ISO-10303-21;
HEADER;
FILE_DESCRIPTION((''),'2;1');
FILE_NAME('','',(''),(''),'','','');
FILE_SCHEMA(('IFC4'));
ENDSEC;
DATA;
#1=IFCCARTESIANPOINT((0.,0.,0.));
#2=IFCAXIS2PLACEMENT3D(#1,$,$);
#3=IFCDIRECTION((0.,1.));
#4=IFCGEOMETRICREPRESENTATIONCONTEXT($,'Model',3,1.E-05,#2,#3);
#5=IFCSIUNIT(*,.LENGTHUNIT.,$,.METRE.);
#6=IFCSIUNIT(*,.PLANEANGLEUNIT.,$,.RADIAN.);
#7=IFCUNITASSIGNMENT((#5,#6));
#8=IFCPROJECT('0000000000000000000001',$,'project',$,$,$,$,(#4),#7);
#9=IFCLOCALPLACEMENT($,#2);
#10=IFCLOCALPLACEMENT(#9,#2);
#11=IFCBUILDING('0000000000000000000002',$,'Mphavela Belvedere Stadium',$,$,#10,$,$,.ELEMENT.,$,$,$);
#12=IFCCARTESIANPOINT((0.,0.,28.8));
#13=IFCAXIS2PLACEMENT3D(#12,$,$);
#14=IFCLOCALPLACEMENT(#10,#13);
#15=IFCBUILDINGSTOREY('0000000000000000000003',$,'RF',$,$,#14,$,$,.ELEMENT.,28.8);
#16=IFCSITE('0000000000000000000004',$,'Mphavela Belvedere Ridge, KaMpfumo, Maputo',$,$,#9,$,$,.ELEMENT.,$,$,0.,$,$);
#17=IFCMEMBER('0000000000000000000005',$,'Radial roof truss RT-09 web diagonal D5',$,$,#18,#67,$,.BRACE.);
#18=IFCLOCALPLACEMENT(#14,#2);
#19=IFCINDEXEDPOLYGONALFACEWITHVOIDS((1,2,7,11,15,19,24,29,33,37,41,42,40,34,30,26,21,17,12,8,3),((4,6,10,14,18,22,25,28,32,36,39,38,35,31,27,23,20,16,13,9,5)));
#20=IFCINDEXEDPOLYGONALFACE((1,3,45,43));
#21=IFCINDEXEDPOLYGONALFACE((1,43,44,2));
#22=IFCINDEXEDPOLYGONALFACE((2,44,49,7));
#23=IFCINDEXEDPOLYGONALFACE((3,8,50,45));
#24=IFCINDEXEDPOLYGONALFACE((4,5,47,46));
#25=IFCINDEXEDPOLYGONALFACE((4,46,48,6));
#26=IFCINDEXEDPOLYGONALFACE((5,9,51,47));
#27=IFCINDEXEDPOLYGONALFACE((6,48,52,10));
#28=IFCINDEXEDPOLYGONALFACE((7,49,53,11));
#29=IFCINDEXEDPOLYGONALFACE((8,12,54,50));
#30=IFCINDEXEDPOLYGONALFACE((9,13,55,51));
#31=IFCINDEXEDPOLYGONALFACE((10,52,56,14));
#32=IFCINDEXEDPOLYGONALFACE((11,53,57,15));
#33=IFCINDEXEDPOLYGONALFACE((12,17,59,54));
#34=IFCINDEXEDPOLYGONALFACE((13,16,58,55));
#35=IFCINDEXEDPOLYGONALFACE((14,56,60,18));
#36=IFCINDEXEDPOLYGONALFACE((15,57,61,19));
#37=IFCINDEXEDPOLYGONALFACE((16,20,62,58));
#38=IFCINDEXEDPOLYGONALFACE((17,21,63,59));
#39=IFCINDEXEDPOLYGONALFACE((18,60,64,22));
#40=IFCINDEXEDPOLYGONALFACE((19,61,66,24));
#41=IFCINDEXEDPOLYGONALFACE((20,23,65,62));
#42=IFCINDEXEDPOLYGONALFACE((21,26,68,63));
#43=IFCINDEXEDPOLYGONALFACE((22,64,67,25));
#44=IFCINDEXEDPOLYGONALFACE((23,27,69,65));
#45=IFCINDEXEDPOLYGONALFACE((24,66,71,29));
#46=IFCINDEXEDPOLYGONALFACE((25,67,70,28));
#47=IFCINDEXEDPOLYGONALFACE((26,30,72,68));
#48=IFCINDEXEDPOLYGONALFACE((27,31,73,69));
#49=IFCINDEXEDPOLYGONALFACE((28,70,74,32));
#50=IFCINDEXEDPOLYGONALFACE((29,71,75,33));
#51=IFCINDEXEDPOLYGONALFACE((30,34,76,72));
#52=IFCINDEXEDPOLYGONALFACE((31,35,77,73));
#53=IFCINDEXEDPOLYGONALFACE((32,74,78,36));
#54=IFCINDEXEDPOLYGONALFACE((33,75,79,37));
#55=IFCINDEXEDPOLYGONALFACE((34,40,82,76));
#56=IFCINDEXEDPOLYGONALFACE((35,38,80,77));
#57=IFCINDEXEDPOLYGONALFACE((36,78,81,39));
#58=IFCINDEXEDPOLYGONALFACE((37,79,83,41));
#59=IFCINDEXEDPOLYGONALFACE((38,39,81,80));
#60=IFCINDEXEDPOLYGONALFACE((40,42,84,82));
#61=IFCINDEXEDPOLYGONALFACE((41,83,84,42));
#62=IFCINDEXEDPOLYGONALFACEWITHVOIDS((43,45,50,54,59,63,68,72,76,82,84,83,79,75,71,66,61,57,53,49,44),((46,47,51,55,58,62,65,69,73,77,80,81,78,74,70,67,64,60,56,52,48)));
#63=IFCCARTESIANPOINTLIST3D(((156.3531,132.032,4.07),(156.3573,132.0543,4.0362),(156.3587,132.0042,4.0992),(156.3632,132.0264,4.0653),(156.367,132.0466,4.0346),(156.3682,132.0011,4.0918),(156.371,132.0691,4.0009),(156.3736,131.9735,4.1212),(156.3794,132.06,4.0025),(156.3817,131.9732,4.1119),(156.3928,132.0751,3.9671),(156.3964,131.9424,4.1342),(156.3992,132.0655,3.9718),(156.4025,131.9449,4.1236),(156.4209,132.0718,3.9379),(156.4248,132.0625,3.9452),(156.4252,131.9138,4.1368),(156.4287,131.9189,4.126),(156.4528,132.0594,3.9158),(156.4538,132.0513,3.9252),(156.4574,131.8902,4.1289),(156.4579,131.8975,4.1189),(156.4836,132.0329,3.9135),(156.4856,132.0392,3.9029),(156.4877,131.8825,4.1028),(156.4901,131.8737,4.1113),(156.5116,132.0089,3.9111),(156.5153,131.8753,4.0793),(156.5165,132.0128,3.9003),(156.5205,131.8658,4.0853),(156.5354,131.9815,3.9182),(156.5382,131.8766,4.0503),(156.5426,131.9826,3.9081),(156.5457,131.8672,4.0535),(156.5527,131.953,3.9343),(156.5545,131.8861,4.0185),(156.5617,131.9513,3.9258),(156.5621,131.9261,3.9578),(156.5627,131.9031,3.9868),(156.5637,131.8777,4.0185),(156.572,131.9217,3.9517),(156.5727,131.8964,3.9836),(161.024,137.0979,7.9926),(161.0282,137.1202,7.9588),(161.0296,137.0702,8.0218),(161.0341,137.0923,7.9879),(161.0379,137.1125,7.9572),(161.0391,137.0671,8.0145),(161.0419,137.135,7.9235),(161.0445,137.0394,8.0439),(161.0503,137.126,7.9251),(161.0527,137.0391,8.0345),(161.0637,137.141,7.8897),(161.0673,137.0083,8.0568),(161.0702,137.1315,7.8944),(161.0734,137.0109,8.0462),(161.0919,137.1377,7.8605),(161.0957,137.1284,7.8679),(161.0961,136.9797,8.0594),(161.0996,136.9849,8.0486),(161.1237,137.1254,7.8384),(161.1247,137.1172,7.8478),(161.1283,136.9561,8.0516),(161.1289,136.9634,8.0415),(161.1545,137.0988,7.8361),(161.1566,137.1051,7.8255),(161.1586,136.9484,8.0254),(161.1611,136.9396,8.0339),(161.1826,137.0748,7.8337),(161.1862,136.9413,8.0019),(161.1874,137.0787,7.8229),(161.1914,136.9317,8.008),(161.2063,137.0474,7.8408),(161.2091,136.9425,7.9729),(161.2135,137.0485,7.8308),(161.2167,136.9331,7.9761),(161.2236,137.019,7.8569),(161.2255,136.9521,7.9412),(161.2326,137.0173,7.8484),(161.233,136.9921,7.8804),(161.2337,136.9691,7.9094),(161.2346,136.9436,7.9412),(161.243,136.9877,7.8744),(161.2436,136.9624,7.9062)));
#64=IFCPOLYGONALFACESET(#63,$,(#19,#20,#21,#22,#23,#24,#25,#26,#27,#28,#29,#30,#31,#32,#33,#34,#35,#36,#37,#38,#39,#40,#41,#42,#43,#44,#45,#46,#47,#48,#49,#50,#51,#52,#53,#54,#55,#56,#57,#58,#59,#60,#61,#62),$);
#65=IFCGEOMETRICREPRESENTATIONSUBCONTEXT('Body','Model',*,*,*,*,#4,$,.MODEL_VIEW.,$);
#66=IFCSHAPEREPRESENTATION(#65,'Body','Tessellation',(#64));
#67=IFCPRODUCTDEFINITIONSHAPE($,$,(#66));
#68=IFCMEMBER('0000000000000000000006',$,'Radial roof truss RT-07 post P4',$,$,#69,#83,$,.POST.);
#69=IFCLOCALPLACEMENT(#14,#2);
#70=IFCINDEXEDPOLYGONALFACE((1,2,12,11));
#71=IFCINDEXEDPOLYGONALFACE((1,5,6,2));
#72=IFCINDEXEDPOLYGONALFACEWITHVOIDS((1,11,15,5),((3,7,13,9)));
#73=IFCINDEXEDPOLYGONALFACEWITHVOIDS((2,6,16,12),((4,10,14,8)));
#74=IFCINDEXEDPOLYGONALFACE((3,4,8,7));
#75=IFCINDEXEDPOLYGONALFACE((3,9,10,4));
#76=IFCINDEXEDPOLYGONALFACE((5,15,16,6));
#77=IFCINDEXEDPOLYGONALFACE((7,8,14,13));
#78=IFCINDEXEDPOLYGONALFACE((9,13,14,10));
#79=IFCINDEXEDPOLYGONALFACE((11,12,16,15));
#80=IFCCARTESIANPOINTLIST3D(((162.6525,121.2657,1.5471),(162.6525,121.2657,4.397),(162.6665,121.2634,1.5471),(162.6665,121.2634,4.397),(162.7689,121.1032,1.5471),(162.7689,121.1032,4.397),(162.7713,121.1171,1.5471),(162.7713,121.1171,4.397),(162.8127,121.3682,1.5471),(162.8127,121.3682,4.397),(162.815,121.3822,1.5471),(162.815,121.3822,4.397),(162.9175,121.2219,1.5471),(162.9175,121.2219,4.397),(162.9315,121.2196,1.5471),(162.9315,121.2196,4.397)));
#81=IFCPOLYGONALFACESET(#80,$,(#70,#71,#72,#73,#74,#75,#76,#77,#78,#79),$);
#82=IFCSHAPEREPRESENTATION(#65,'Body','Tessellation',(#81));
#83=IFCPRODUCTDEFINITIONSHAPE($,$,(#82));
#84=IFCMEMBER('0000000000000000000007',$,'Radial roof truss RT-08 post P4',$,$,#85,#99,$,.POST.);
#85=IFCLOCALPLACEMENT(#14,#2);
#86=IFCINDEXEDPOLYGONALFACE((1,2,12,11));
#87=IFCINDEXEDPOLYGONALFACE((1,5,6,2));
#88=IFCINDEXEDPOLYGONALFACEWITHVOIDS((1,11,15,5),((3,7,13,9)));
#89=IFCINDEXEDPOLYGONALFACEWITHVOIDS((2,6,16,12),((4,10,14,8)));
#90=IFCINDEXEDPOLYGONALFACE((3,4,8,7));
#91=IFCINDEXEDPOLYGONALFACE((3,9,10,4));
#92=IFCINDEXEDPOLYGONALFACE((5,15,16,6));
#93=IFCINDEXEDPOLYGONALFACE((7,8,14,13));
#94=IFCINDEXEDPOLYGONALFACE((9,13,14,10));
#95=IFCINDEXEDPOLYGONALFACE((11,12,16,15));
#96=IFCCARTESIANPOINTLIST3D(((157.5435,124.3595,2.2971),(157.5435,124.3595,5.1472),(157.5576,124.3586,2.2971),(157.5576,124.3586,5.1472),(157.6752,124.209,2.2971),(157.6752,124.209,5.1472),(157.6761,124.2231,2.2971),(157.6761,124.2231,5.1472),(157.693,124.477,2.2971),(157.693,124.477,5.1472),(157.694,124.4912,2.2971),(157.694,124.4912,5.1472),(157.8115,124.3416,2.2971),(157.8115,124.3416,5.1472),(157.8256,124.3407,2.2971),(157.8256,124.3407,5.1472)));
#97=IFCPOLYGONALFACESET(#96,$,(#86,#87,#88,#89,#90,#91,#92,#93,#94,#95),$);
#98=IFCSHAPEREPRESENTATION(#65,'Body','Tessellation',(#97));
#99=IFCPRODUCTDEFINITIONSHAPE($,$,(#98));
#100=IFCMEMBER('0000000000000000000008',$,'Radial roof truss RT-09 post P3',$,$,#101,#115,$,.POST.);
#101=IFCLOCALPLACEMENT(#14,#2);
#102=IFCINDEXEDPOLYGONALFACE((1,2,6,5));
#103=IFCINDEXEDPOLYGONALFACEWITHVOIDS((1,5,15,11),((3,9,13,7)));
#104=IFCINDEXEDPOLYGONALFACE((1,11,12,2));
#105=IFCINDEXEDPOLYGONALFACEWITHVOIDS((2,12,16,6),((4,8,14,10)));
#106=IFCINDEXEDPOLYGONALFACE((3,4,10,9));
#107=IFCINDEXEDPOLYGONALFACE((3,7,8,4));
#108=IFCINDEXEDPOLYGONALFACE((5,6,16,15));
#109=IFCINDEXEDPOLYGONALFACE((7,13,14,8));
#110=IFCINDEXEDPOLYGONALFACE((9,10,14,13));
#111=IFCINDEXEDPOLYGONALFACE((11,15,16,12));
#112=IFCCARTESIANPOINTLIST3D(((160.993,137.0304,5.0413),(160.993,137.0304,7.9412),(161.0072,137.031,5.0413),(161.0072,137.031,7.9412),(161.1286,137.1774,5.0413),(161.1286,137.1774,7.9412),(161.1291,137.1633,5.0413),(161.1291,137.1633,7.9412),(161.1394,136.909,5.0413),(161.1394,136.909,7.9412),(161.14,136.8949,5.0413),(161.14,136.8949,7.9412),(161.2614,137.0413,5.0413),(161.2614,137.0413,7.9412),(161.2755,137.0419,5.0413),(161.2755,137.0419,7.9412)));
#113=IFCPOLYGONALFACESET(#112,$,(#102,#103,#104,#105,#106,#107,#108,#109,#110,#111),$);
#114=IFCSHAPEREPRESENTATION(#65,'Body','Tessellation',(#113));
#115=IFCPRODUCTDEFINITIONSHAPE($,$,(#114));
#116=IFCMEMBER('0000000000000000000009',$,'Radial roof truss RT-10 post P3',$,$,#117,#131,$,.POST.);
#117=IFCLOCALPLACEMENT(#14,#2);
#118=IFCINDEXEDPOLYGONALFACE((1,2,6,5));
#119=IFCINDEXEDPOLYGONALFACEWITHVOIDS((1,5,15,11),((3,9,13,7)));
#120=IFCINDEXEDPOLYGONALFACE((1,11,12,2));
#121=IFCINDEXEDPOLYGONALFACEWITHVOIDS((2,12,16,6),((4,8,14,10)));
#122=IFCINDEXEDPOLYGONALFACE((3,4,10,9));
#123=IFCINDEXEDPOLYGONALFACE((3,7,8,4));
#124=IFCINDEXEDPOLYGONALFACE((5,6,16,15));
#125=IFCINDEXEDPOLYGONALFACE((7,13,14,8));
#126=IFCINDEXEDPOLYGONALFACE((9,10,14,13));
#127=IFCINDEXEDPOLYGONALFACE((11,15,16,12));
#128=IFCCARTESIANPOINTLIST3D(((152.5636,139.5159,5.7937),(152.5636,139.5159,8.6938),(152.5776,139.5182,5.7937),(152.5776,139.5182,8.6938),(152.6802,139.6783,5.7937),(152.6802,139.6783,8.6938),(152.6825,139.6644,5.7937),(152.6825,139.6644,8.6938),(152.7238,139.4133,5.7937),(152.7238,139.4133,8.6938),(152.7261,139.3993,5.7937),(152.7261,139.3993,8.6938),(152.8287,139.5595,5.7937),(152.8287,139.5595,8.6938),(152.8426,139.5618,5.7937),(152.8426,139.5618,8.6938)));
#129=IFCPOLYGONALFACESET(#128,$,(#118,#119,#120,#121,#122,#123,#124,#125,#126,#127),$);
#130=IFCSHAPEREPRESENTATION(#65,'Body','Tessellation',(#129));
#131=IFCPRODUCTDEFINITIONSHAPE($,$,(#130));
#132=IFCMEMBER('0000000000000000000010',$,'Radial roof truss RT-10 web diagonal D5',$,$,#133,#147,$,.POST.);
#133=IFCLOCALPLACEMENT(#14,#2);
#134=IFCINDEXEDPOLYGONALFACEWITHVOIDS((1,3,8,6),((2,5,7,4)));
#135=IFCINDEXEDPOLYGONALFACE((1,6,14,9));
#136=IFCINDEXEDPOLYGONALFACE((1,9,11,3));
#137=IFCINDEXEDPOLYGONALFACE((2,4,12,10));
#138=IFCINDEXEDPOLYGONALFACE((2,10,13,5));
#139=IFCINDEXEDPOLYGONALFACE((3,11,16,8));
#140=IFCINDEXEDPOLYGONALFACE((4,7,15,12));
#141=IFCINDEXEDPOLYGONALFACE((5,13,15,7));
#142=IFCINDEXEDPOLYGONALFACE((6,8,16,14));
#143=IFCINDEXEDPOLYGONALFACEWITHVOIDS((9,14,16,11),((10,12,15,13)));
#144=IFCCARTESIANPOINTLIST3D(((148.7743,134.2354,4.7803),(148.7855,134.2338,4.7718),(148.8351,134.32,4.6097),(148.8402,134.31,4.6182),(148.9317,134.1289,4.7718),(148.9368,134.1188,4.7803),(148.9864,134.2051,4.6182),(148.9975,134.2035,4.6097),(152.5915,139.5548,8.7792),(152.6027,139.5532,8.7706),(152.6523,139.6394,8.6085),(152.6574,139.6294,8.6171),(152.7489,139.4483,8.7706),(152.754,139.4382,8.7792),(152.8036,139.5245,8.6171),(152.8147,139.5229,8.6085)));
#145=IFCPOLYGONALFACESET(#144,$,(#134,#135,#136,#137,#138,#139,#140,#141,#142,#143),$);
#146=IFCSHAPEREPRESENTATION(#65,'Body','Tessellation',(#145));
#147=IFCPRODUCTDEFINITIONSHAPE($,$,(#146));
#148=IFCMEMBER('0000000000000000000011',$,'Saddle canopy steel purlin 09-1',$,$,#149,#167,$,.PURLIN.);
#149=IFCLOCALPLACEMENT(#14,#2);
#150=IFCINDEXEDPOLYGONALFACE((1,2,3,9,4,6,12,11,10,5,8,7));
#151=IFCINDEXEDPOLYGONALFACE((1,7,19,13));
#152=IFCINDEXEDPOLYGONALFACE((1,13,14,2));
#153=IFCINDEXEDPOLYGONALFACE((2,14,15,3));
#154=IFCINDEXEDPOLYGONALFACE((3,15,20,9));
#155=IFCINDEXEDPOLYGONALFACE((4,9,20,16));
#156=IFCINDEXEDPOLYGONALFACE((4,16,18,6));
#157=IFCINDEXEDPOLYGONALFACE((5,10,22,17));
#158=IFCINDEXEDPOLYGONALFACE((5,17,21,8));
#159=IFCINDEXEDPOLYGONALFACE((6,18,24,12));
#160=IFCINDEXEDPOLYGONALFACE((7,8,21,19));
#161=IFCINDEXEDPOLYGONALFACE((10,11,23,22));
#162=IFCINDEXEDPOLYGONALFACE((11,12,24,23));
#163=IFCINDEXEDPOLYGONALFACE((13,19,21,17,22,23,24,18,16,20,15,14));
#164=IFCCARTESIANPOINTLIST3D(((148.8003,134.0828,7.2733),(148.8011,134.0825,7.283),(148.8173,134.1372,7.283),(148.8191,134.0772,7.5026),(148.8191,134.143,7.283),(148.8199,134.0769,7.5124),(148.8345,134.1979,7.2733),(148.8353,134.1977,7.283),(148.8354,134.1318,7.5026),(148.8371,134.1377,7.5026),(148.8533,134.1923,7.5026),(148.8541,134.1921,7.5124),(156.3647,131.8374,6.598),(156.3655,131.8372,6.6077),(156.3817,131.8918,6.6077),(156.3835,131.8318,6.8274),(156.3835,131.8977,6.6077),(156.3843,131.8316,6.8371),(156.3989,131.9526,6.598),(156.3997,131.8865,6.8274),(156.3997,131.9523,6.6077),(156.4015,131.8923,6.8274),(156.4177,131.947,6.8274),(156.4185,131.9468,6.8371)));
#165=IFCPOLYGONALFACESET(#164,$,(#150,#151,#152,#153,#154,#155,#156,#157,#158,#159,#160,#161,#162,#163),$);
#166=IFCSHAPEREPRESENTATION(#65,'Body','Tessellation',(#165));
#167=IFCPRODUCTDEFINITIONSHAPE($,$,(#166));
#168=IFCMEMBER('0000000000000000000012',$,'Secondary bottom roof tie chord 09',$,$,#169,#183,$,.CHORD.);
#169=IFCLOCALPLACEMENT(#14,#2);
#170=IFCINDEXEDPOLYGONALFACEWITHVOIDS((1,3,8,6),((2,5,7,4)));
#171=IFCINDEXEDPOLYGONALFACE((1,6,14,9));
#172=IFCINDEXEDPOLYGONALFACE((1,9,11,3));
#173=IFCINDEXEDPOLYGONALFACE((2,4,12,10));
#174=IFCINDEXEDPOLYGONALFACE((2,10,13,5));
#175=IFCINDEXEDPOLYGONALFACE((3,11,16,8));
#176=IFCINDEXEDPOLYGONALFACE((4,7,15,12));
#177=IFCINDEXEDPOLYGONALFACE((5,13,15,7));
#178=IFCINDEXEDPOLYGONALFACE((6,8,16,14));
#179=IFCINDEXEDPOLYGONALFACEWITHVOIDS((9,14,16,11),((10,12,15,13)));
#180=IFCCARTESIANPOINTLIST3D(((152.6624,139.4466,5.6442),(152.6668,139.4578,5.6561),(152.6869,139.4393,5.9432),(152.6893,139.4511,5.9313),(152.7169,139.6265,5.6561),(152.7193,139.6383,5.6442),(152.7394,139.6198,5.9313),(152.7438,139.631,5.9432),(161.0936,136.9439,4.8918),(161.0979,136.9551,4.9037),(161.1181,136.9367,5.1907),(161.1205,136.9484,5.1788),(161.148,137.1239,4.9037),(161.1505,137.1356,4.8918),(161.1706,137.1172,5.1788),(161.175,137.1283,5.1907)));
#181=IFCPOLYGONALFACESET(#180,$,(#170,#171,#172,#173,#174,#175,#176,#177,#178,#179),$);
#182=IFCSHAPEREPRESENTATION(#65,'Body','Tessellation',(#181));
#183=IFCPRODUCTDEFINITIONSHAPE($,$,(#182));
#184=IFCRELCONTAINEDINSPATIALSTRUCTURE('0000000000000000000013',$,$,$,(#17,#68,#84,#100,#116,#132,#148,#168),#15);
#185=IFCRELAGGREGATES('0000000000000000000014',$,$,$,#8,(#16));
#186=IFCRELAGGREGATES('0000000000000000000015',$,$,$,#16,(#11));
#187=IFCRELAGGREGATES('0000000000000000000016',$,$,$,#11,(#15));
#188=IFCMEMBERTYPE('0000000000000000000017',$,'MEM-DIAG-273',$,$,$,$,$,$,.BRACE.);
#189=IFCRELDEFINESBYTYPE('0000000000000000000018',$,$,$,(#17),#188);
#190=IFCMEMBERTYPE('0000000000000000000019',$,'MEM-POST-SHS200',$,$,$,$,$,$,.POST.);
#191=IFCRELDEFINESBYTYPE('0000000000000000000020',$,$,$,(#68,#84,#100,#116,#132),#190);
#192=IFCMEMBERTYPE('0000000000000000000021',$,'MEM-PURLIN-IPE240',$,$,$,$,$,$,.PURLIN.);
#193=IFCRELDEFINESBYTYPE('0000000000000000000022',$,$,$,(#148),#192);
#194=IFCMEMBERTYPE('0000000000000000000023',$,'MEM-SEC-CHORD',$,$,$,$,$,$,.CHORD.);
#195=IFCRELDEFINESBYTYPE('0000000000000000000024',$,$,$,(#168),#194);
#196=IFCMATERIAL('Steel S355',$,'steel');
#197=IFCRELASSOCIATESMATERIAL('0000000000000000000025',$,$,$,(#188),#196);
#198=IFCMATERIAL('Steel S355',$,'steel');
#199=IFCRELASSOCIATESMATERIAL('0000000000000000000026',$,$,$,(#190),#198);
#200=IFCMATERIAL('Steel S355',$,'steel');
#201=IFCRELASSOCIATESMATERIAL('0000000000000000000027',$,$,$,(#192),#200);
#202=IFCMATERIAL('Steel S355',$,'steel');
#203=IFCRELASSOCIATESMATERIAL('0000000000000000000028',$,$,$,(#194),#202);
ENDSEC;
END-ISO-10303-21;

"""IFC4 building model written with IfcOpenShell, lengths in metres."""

from ifc_helpers import new_model, si_unit, direction, frame, origin, origin_2d, place, context, subcontext, project, spatial, hollow_rectangle, hollow_circle, i_section, extrude, material, material_profile, profile_set, type_object, element, save


model = new_model("IFC4")

# Units and contexts
model_context = context("Model", 3, precision=1e-05, world=origin(), true_north=direction((0.0, 1.0)))
body_context = subcontext(model_context, "Body", "Model", "MODEL_VIEW")
ifc_project = project(units=[si_unit("LENGTHUNIT", "METRE"), si_unit("PLANEANGLEUNIT", "RADIAN")], contexts=[model_context])

# Site, building, storey
site_placement = place(None, origin())
site = spatial("IfcSite", under=ifc_project, at=site_placement, Name="Mphavela Belvedere Ridge, KaMpfumo, Maputo", CompositionType="ELEMENT", RefElevation=0.0)
building_placement = place(site_placement, origin())
building = spatial("IfcBuilding", under=site, at=building_placement, Name="Mphavela Belvedere Stadium", CompositionType="ELEMENT")
storey_placement = place(building_placement, frame((0.0, 0.0, 28.8)))
storey = spatial("IfcBuildingStorey", under=building, at=storey_placement, Name="RF", CompositionType="ELEMENT", Elevation=28.8)

# Members
ifc_material_1 = material(Name="Steel S355", Category="steel")
ifc_material_profile_1 = material_profile(ifc_material_1, hollow_circle(Radius=0.1365, WallThickness=0.0125, at=origin_2d()), Name="CHS 273x12.5")
ifc_profile_set_1 = profile_set([ifc_material_profile_1], Name="Steel S355")
member_type_1 = type_object("IfcMemberType", Name="MEM-DIAG-273", PredefinedType="BRACE", material=ifc_profile_set_1)
member_1_placement = place(storey_placement, frame((161.1343, 137.0361, 7.9412), z_axis=(-0.589097, -0.638917, -0.494722), x_axis=(0.735189, -0.677862, 0.0)))
element("IfcMember", 1, at=member_1_placement, inside=storey, type_object=member_type_1, Name="Radial roof truss RT-09 web diagonal D5", PredefinedType="BRACE", context=body_context, shape_type="SweptSolid", body=[
    extrude(hollow_circle(Radius=0.1365, WallThickness=0.0125, at=origin_2d()), origin(), (0.0, 0.0, 1.0), 7.929),
])
ifc_material_2 = material(Name="Steel S355", Category="steel")
ifc_material_profile_2 = material_profile(ifc_material_2, hollow_rectangle(XDim=0.2, YDim=0.2, WallThickness=0.01, at=origin_2d()), Name="SHS 200x200x10")
ifc_profile_set_2 = profile_set([ifc_material_profile_2], Name="Steel S355")
member_type_2 = type_object("IfcMemberType", Name="MEM-POST-SHS200", PredefinedType="POST", material=ifc_profile_set_2)
member_2_placement = place(storey_placement, frame((162.792, 121.2427, 1.5471), z_axis=(0.0, 0.0, 1.0), x_axis=(0.812898, 0.582407, 0.0)))
element("IfcMember", 2, at=member_2_placement, inside=storey, type_object=member_type_2, Name="Radial roof truss RT-07 post P4", PredefinedType="POST", context=body_context, shape_type="SweptSolid", body=[
    extrude(hollow_rectangle(XDim=0.2, YDim=0.2, WallThickness=0.01, at=origin_2d()), origin(), (0.0, 0.0, 1.0), 2.8499),
])
member_3_placement = place(storey_placement, frame((157.6846, 124.3501, 2.2971), z_axis=(0.0, 0.0, 1.0), x_axis=(0.75253, 0.658558, 0.0)))
element("IfcMember", 3, at=member_3_placement, inside=storey, type_object=member_type_2, Name="Radial roof truss RT-08 post P4", PredefinedType="POST", context=body_context, shape_type="SweptSolid", body=[
    extrude(hollow_rectangle(XDim=0.2, YDim=0.2, WallThickness=0.01, at=origin_2d()), origin(), (0.0, 0.0, 1.0), 2.8501),
])
member_4_placement = place(storey_placement, frame((161.1343, 137.0361, 5.0413), z_axis=(0.0, 0.0, 1.0), x_axis=(0.677903, 0.735151, 0.0)))
element("IfcMember", 4, at=member_4_placement, inside=storey, type_object=member_type_2, Name="Radial roof truss RT-09 post P3", PredefinedType="POST", context=body_context, shape_type="SweptSolid", body=[
    extrude(hollow_rectangle(XDim=0.2, YDim=0.2, WallThickness=0.01, at=origin_2d()), origin(), (0.0, 0.0, 1.0), 2.8999),
])
member_5_placement = place(storey_placement, frame((152.7031, 139.5388, 5.7937), z_axis=(0.0, 0.0, 1.0), x_axis=(0.582974, 0.812491, 0.0)))
element("IfcMember", 5, at=member_5_placement, inside=storey, type_object=member_type_2, Name="Radial roof truss RT-10 post P3", PredefinedType="POST", context=body_context, shape_type="SweptSolid", body=[
    extrude(hollow_rectangle(XDim=0.2, YDim=0.2, WallThickness=0.01, at=origin_2d()), origin(), (0.0, 0.0, 1.0), 2.9001),
])
member_6_placement = place(storey_placement, frame((152.7031, 139.5388, 8.6938), z_axis=(-0.497556, -0.693365, -0.521233), x_axis=(0.812459, -0.583018, 0.0)))
element("IfcMember", 6, at=member_6_placement, inside=storey, type_object=member_type_2, Name="Radial roof truss RT-10 web diagonal D5", PredefinedType="POST", context=body_context, shape_type="SweptSolid", body=[
    extrude(hollow_rectangle(XDim=0.2, YDim=0.2, WallThickness=0.01, at=origin_2d()), origin(), (0.0, 0.0, 1.0), 7.6719),
])
ifc_material_3 = material(Name="Steel S355", Category="steel")
ifc_material_profile_3 = material_profile(ifc_material_3, i_section(OverallWidth=0.1201, OverallDepth=0.24, WebThickness=0.0061, FlangeThickness=0.0098, at=origin_2d()), Name="IPE 240")
ifc_profile_set_3 = profile_set([ifc_material_profile_3], Name="Steel S355")
member_type_3 = type_object("IfcMemberType", Name="MEM-PURLIN-IPE240", PredefinedType="PURLIN", material=ifc_profile_set_3)
member_7_placement = place(storey_placement, frame((156.3916, 131.8921, 6.7175), z_axis=(-0.955167, 0.283523, 0.08527), x_axis=(-0.284559, -0.958658, 0.0)))
element("IfcMember", 7, at=member_7_placement, inside=storey, type_object=member_type_3, Name="Saddle canopy steel purlin 09-1", PredefinedType="PURLIN", context=body_context, shape_type="SweptSolid", body=[
    extrude(i_section(OverallWidth=0.1201, OverallDepth=0.24, WebThickness=0.0061, FlangeThickness=0.0098, at=origin_2d()), origin(), (0.0, 0.0, 1.0), 7.9194),
])
ifc_material_4 = material(Name="Steel S355", Category="steel")
ifc_material_profile_4 = material_profile(ifc_material_4, hollow_rectangle(XDim=0.2, YDim=0.3, WallThickness=0.012, at=origin_2d()), Name="RHS 300x200x12")
ifc_profile_set_4 = profile_set([ifc_material_profile_4], Name="Steel S355")
member_type_4 = type_object("IfcMemberType", Name="MEM-SEC-CHORD", PredefinedType="CHORD", material=ifc_profile_set_4)
member_8_placement = place(storey_placement, frame((161.1343, 137.0361, 5.0413), z_axis=(-0.955167, 0.28353, 0.085244), x_axis=(-0.284566, -0.958657, 0.0)))
element("IfcMember", 8, at=member_8_placement, inside=storey, type_object=member_type_4, Name="Secondary bottom roof tie chord 09", PredefinedType="CHORD", context=body_context, shape_type="SweptSolid", body=[
    extrude(hollow_rectangle(XDim=0.2, YDim=0.3, WallThickness=0.012, at=origin_2d()), origin(), (0.0, 0.0, 1.0), 8.8269),
])

save(model, "model.ifc")
